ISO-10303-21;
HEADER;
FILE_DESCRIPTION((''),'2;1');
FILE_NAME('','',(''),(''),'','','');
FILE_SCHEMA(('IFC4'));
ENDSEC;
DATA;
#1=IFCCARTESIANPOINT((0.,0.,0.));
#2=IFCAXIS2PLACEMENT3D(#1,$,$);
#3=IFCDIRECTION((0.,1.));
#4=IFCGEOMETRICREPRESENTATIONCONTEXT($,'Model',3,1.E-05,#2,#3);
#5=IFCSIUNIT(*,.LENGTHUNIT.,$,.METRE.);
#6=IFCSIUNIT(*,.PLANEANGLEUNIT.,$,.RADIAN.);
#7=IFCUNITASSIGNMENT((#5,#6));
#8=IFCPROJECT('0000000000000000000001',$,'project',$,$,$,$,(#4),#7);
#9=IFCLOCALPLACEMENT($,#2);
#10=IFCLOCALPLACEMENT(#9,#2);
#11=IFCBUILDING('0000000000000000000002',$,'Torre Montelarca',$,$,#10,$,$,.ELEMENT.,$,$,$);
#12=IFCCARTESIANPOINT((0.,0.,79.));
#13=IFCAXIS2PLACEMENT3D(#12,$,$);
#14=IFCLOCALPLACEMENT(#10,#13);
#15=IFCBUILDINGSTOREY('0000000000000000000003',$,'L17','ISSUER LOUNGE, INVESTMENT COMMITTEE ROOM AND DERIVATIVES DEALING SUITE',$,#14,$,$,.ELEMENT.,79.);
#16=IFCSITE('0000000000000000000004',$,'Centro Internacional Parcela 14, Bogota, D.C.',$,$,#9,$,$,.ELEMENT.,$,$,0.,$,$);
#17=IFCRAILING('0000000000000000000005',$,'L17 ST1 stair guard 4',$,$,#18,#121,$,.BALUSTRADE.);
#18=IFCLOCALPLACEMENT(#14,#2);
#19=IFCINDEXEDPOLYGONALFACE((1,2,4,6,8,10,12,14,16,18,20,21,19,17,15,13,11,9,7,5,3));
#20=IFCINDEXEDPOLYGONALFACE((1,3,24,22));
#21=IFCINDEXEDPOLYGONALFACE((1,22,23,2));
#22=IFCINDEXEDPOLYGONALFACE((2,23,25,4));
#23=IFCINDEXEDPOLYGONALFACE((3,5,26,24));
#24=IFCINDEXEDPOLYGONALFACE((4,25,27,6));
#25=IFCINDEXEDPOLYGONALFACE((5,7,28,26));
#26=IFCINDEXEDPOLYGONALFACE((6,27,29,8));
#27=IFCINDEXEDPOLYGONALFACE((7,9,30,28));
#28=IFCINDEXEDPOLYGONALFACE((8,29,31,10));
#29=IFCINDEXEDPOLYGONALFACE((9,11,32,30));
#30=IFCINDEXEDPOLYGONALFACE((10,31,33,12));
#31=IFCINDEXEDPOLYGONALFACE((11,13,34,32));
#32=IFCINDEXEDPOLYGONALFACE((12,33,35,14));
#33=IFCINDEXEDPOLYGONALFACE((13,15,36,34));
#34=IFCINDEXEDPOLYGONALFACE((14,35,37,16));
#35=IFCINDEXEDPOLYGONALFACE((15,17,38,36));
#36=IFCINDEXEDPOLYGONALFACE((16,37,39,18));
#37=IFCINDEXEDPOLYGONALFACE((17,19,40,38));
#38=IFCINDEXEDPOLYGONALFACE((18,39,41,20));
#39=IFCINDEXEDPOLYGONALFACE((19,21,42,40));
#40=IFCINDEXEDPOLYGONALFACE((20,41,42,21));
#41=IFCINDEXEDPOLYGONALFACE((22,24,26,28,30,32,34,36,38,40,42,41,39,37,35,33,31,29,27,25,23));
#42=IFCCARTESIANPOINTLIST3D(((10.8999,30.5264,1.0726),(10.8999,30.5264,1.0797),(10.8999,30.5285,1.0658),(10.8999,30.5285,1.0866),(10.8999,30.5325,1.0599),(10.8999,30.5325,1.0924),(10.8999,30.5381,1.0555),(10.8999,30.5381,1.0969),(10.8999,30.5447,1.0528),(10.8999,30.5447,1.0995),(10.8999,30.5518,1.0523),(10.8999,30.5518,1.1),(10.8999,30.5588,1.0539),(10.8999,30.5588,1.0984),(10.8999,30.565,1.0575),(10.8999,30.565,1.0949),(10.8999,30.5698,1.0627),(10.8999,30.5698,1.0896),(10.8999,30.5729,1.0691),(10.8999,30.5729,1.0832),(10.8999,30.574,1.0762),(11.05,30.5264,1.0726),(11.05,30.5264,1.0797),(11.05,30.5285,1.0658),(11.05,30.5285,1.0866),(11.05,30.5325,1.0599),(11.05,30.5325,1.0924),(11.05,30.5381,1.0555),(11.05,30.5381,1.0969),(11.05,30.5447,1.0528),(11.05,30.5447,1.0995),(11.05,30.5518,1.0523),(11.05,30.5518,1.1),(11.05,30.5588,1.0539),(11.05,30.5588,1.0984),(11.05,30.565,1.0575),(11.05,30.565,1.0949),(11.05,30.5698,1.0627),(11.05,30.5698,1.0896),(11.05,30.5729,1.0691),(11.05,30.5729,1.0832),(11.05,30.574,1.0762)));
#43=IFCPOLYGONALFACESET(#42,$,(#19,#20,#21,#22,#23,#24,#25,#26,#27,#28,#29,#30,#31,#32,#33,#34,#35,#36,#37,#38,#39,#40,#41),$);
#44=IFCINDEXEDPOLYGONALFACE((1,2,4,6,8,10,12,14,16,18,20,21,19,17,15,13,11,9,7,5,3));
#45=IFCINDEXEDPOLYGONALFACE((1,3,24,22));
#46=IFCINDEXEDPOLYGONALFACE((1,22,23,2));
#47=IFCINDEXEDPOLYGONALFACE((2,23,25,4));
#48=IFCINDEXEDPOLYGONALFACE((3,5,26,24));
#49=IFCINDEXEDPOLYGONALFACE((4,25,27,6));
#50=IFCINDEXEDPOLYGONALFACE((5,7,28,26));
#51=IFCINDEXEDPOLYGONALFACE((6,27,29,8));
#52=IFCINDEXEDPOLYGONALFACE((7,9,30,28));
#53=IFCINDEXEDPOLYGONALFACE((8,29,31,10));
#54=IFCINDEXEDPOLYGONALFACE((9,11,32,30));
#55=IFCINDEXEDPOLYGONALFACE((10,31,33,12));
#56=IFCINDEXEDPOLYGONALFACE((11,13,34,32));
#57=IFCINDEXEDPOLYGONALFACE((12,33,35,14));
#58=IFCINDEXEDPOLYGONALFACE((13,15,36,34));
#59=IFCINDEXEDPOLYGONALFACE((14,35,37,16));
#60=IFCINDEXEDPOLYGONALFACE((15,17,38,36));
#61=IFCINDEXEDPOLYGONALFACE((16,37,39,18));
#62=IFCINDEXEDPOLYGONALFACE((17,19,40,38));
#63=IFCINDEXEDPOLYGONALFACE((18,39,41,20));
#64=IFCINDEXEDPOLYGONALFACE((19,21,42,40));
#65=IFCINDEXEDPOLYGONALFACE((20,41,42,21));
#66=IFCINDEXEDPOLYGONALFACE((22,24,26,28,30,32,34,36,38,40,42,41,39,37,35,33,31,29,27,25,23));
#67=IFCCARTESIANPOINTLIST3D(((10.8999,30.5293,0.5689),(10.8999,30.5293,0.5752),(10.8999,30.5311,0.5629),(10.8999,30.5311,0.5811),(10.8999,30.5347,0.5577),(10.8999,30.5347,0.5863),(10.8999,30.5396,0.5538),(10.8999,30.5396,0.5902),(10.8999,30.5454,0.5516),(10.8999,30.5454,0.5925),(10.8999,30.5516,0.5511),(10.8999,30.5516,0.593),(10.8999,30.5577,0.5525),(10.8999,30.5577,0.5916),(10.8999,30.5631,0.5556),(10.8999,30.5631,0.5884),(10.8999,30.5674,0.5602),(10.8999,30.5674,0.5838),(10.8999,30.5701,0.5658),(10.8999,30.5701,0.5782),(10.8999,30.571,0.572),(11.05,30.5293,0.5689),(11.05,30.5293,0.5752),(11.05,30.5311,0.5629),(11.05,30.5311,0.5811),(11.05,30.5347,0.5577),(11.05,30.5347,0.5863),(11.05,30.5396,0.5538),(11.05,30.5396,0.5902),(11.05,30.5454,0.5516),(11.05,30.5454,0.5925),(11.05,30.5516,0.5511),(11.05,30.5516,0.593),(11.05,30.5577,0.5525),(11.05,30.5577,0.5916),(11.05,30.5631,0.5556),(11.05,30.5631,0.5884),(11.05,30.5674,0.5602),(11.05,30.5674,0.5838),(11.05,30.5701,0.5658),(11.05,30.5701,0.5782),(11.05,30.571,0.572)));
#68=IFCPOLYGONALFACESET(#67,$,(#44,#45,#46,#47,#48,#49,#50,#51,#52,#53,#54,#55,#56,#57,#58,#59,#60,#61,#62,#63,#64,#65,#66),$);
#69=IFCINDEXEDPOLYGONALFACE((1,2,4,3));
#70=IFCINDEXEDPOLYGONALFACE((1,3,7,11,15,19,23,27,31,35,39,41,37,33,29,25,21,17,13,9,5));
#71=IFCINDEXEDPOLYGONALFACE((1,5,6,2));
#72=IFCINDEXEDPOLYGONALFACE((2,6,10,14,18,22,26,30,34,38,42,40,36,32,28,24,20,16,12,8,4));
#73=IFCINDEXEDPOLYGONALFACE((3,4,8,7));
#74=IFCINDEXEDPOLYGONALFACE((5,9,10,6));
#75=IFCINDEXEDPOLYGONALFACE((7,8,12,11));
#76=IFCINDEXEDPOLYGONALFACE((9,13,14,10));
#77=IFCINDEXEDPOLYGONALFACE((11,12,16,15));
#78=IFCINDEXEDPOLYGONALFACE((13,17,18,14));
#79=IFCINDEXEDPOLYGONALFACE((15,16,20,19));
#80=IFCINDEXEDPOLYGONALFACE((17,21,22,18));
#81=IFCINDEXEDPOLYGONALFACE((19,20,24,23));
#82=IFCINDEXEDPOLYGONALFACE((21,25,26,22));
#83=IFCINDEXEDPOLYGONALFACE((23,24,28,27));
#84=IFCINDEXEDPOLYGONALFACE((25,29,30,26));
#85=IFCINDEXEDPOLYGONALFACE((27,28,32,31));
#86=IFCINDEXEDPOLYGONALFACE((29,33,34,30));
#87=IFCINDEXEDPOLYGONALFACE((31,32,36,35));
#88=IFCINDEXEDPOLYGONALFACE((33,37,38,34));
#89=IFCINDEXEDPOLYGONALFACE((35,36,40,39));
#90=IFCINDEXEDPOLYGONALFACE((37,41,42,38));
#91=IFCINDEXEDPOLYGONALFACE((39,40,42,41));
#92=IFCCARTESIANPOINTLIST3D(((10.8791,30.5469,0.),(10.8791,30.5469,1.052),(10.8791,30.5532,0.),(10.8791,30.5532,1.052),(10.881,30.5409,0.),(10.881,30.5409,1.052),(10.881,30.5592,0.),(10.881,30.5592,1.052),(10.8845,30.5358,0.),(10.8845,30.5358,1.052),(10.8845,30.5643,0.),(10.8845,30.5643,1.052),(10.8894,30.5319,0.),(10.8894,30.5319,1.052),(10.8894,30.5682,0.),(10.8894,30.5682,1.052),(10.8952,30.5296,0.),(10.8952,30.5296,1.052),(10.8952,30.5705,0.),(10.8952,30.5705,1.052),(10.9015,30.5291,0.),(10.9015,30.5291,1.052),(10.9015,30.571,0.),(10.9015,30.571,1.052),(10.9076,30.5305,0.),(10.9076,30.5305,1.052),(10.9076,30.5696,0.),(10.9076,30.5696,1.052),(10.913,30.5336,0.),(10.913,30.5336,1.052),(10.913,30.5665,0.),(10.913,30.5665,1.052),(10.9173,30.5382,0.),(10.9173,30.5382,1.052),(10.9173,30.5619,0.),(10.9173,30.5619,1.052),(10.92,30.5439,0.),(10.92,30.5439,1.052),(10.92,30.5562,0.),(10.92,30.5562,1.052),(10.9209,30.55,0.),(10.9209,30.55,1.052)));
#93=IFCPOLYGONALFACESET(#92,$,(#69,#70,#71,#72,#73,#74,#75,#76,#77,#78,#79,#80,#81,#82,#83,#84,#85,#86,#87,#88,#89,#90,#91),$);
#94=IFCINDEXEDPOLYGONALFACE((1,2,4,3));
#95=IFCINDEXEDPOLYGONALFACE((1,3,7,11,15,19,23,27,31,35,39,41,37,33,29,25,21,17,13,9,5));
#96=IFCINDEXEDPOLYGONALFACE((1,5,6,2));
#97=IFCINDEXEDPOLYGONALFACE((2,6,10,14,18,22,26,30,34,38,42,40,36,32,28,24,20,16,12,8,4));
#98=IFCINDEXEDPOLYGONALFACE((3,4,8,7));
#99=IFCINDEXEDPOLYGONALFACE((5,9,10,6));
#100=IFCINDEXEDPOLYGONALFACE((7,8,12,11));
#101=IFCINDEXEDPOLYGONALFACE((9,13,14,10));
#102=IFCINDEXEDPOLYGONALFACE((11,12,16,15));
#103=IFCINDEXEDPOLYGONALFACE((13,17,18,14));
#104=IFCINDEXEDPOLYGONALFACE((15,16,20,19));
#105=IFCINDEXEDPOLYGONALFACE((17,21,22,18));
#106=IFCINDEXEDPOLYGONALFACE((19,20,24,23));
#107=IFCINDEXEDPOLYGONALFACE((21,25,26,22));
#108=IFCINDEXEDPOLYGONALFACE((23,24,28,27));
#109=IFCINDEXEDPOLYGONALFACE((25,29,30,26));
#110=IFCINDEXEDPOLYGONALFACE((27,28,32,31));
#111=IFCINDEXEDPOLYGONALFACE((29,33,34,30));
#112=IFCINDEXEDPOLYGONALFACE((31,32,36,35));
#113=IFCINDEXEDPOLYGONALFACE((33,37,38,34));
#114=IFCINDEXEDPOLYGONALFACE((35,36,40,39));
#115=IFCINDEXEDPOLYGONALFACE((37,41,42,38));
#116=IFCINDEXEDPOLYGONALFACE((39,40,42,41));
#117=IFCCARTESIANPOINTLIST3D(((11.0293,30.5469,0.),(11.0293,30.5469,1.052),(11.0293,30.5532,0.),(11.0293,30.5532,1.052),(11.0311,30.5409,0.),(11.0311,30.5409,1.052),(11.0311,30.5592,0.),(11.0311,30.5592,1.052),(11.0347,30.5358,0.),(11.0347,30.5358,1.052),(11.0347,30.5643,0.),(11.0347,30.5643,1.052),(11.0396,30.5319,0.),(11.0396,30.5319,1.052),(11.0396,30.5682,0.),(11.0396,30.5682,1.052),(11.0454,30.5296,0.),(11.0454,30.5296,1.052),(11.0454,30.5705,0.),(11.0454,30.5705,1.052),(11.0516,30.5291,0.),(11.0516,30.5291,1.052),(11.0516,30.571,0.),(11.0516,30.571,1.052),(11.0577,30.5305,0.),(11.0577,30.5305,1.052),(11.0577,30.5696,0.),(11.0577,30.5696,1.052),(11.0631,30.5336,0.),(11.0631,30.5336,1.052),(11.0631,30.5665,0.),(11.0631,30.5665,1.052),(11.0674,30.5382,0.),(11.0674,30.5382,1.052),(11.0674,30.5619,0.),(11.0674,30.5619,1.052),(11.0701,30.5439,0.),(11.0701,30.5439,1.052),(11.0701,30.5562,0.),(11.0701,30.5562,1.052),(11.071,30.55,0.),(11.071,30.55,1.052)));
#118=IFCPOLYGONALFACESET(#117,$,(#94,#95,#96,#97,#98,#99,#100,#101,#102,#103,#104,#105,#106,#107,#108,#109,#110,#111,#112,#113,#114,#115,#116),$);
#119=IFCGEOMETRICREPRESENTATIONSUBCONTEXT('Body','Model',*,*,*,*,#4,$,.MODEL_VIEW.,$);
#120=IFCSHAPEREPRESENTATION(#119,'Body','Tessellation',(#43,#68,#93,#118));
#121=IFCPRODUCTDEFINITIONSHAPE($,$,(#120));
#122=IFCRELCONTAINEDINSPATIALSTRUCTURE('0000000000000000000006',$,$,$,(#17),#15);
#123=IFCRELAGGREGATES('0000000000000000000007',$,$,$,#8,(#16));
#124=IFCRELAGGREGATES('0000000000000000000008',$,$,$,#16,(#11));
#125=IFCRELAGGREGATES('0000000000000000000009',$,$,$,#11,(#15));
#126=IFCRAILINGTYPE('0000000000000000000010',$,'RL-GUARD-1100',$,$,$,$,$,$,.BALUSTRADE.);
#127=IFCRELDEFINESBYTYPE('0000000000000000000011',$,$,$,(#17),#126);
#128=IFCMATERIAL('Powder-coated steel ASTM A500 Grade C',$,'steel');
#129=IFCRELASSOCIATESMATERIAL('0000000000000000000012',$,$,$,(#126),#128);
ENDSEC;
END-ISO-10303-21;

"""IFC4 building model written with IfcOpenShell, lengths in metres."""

from ifc_helpers import new_model, si_unit, direction, frame, origin, origin_2d, place, context, subcontext, project, spatial, circle, extrude, material, type_object, element, save


model = new_model("IFC4")

# Units and contexts
model_context = context("Model", 3, precision=1e-05, world=origin(), true_north=direction((0.0, 1.0)))
body_context = subcontext(model_context, "Body", "Model", "MODEL_VIEW")
ifc_project = project(units=[si_unit("LENGTHUNIT", "METRE"), si_unit("PLANEANGLEUNIT", "RADIAN")], contexts=[model_context])

# Site, building, storey
site_placement = place(None, origin())
site = spatial("IfcSite", under=ifc_project, at=site_placement, Name="Centro Internacional Parcela 14, Bogota, D.C.", CompositionType="ELEMENT", RefElevation=0.0)
building_placement = place(site_placement, origin())
building = spatial("IfcBuilding", under=site, at=building_placement, Name="Torre Montelarca", CompositionType="ELEMENT")
storey_placement = place(building_placement, frame((0.0, 0.0, 79.0)))
storey = spatial("IfcBuildingStorey", under=building, at=storey_placement, Name="L17", Description="ISSUER LOUNGE, INVESTMENT COMMITTEE ROOM AND DERIVATIVES DEALING SUITE", CompositionType="ELEMENT", Elevation=79.0)

# Railing
ifc_material_1 = material(Name="Powder-coated steel ASTM A500 Grade C", Category="steel")
railing_type_1 = type_object("IfcRailingType", Name="RL-GUARD-1100", PredefinedType="BALUSTRADE", material=ifc_material_1)
railing_1_placement = place(storey_placement, frame((10.8999, 30.55, 0.0)))
element("IfcRailing", 1, at=railing_1_placement, inside=storey, type_object=railing_type_1, Name="L17 ST1 stair guard 4", PredefinedType="BALUSTRADE", context=body_context, shape_type="SweptSolid", body=[
    extrude(circle(Radius=0.0239, at=origin_2d()), frame((0.0, 0.0, 1.0762), z_axis=(1.0, 0.0, 0.0), x_axis=(0.0, 1.0, 0.0)), (0.0, 0.0, 1.0), 0.1501),
    extrude(circle(Radius=0.021, at=origin_2d()), frame((0.0, 0.0, 0.572), z_axis=(1.0, 0.0, 0.0), x_axis=(0.0, 1.0, 0.0)), (0.0, 0.0, 1.0), 0.1501),
    extrude(circle(Radius=0.021, at=origin_2d()), origin(), (0.0, 0.0, 1.0), 1.052),
    extrude(circle(Radius=0.021, at=origin_2d()), frame((0.1501, 0.0, 0.0)), (0.0, 0.0, 1.0), 1.052),
])

save(model, "model.ifc")
